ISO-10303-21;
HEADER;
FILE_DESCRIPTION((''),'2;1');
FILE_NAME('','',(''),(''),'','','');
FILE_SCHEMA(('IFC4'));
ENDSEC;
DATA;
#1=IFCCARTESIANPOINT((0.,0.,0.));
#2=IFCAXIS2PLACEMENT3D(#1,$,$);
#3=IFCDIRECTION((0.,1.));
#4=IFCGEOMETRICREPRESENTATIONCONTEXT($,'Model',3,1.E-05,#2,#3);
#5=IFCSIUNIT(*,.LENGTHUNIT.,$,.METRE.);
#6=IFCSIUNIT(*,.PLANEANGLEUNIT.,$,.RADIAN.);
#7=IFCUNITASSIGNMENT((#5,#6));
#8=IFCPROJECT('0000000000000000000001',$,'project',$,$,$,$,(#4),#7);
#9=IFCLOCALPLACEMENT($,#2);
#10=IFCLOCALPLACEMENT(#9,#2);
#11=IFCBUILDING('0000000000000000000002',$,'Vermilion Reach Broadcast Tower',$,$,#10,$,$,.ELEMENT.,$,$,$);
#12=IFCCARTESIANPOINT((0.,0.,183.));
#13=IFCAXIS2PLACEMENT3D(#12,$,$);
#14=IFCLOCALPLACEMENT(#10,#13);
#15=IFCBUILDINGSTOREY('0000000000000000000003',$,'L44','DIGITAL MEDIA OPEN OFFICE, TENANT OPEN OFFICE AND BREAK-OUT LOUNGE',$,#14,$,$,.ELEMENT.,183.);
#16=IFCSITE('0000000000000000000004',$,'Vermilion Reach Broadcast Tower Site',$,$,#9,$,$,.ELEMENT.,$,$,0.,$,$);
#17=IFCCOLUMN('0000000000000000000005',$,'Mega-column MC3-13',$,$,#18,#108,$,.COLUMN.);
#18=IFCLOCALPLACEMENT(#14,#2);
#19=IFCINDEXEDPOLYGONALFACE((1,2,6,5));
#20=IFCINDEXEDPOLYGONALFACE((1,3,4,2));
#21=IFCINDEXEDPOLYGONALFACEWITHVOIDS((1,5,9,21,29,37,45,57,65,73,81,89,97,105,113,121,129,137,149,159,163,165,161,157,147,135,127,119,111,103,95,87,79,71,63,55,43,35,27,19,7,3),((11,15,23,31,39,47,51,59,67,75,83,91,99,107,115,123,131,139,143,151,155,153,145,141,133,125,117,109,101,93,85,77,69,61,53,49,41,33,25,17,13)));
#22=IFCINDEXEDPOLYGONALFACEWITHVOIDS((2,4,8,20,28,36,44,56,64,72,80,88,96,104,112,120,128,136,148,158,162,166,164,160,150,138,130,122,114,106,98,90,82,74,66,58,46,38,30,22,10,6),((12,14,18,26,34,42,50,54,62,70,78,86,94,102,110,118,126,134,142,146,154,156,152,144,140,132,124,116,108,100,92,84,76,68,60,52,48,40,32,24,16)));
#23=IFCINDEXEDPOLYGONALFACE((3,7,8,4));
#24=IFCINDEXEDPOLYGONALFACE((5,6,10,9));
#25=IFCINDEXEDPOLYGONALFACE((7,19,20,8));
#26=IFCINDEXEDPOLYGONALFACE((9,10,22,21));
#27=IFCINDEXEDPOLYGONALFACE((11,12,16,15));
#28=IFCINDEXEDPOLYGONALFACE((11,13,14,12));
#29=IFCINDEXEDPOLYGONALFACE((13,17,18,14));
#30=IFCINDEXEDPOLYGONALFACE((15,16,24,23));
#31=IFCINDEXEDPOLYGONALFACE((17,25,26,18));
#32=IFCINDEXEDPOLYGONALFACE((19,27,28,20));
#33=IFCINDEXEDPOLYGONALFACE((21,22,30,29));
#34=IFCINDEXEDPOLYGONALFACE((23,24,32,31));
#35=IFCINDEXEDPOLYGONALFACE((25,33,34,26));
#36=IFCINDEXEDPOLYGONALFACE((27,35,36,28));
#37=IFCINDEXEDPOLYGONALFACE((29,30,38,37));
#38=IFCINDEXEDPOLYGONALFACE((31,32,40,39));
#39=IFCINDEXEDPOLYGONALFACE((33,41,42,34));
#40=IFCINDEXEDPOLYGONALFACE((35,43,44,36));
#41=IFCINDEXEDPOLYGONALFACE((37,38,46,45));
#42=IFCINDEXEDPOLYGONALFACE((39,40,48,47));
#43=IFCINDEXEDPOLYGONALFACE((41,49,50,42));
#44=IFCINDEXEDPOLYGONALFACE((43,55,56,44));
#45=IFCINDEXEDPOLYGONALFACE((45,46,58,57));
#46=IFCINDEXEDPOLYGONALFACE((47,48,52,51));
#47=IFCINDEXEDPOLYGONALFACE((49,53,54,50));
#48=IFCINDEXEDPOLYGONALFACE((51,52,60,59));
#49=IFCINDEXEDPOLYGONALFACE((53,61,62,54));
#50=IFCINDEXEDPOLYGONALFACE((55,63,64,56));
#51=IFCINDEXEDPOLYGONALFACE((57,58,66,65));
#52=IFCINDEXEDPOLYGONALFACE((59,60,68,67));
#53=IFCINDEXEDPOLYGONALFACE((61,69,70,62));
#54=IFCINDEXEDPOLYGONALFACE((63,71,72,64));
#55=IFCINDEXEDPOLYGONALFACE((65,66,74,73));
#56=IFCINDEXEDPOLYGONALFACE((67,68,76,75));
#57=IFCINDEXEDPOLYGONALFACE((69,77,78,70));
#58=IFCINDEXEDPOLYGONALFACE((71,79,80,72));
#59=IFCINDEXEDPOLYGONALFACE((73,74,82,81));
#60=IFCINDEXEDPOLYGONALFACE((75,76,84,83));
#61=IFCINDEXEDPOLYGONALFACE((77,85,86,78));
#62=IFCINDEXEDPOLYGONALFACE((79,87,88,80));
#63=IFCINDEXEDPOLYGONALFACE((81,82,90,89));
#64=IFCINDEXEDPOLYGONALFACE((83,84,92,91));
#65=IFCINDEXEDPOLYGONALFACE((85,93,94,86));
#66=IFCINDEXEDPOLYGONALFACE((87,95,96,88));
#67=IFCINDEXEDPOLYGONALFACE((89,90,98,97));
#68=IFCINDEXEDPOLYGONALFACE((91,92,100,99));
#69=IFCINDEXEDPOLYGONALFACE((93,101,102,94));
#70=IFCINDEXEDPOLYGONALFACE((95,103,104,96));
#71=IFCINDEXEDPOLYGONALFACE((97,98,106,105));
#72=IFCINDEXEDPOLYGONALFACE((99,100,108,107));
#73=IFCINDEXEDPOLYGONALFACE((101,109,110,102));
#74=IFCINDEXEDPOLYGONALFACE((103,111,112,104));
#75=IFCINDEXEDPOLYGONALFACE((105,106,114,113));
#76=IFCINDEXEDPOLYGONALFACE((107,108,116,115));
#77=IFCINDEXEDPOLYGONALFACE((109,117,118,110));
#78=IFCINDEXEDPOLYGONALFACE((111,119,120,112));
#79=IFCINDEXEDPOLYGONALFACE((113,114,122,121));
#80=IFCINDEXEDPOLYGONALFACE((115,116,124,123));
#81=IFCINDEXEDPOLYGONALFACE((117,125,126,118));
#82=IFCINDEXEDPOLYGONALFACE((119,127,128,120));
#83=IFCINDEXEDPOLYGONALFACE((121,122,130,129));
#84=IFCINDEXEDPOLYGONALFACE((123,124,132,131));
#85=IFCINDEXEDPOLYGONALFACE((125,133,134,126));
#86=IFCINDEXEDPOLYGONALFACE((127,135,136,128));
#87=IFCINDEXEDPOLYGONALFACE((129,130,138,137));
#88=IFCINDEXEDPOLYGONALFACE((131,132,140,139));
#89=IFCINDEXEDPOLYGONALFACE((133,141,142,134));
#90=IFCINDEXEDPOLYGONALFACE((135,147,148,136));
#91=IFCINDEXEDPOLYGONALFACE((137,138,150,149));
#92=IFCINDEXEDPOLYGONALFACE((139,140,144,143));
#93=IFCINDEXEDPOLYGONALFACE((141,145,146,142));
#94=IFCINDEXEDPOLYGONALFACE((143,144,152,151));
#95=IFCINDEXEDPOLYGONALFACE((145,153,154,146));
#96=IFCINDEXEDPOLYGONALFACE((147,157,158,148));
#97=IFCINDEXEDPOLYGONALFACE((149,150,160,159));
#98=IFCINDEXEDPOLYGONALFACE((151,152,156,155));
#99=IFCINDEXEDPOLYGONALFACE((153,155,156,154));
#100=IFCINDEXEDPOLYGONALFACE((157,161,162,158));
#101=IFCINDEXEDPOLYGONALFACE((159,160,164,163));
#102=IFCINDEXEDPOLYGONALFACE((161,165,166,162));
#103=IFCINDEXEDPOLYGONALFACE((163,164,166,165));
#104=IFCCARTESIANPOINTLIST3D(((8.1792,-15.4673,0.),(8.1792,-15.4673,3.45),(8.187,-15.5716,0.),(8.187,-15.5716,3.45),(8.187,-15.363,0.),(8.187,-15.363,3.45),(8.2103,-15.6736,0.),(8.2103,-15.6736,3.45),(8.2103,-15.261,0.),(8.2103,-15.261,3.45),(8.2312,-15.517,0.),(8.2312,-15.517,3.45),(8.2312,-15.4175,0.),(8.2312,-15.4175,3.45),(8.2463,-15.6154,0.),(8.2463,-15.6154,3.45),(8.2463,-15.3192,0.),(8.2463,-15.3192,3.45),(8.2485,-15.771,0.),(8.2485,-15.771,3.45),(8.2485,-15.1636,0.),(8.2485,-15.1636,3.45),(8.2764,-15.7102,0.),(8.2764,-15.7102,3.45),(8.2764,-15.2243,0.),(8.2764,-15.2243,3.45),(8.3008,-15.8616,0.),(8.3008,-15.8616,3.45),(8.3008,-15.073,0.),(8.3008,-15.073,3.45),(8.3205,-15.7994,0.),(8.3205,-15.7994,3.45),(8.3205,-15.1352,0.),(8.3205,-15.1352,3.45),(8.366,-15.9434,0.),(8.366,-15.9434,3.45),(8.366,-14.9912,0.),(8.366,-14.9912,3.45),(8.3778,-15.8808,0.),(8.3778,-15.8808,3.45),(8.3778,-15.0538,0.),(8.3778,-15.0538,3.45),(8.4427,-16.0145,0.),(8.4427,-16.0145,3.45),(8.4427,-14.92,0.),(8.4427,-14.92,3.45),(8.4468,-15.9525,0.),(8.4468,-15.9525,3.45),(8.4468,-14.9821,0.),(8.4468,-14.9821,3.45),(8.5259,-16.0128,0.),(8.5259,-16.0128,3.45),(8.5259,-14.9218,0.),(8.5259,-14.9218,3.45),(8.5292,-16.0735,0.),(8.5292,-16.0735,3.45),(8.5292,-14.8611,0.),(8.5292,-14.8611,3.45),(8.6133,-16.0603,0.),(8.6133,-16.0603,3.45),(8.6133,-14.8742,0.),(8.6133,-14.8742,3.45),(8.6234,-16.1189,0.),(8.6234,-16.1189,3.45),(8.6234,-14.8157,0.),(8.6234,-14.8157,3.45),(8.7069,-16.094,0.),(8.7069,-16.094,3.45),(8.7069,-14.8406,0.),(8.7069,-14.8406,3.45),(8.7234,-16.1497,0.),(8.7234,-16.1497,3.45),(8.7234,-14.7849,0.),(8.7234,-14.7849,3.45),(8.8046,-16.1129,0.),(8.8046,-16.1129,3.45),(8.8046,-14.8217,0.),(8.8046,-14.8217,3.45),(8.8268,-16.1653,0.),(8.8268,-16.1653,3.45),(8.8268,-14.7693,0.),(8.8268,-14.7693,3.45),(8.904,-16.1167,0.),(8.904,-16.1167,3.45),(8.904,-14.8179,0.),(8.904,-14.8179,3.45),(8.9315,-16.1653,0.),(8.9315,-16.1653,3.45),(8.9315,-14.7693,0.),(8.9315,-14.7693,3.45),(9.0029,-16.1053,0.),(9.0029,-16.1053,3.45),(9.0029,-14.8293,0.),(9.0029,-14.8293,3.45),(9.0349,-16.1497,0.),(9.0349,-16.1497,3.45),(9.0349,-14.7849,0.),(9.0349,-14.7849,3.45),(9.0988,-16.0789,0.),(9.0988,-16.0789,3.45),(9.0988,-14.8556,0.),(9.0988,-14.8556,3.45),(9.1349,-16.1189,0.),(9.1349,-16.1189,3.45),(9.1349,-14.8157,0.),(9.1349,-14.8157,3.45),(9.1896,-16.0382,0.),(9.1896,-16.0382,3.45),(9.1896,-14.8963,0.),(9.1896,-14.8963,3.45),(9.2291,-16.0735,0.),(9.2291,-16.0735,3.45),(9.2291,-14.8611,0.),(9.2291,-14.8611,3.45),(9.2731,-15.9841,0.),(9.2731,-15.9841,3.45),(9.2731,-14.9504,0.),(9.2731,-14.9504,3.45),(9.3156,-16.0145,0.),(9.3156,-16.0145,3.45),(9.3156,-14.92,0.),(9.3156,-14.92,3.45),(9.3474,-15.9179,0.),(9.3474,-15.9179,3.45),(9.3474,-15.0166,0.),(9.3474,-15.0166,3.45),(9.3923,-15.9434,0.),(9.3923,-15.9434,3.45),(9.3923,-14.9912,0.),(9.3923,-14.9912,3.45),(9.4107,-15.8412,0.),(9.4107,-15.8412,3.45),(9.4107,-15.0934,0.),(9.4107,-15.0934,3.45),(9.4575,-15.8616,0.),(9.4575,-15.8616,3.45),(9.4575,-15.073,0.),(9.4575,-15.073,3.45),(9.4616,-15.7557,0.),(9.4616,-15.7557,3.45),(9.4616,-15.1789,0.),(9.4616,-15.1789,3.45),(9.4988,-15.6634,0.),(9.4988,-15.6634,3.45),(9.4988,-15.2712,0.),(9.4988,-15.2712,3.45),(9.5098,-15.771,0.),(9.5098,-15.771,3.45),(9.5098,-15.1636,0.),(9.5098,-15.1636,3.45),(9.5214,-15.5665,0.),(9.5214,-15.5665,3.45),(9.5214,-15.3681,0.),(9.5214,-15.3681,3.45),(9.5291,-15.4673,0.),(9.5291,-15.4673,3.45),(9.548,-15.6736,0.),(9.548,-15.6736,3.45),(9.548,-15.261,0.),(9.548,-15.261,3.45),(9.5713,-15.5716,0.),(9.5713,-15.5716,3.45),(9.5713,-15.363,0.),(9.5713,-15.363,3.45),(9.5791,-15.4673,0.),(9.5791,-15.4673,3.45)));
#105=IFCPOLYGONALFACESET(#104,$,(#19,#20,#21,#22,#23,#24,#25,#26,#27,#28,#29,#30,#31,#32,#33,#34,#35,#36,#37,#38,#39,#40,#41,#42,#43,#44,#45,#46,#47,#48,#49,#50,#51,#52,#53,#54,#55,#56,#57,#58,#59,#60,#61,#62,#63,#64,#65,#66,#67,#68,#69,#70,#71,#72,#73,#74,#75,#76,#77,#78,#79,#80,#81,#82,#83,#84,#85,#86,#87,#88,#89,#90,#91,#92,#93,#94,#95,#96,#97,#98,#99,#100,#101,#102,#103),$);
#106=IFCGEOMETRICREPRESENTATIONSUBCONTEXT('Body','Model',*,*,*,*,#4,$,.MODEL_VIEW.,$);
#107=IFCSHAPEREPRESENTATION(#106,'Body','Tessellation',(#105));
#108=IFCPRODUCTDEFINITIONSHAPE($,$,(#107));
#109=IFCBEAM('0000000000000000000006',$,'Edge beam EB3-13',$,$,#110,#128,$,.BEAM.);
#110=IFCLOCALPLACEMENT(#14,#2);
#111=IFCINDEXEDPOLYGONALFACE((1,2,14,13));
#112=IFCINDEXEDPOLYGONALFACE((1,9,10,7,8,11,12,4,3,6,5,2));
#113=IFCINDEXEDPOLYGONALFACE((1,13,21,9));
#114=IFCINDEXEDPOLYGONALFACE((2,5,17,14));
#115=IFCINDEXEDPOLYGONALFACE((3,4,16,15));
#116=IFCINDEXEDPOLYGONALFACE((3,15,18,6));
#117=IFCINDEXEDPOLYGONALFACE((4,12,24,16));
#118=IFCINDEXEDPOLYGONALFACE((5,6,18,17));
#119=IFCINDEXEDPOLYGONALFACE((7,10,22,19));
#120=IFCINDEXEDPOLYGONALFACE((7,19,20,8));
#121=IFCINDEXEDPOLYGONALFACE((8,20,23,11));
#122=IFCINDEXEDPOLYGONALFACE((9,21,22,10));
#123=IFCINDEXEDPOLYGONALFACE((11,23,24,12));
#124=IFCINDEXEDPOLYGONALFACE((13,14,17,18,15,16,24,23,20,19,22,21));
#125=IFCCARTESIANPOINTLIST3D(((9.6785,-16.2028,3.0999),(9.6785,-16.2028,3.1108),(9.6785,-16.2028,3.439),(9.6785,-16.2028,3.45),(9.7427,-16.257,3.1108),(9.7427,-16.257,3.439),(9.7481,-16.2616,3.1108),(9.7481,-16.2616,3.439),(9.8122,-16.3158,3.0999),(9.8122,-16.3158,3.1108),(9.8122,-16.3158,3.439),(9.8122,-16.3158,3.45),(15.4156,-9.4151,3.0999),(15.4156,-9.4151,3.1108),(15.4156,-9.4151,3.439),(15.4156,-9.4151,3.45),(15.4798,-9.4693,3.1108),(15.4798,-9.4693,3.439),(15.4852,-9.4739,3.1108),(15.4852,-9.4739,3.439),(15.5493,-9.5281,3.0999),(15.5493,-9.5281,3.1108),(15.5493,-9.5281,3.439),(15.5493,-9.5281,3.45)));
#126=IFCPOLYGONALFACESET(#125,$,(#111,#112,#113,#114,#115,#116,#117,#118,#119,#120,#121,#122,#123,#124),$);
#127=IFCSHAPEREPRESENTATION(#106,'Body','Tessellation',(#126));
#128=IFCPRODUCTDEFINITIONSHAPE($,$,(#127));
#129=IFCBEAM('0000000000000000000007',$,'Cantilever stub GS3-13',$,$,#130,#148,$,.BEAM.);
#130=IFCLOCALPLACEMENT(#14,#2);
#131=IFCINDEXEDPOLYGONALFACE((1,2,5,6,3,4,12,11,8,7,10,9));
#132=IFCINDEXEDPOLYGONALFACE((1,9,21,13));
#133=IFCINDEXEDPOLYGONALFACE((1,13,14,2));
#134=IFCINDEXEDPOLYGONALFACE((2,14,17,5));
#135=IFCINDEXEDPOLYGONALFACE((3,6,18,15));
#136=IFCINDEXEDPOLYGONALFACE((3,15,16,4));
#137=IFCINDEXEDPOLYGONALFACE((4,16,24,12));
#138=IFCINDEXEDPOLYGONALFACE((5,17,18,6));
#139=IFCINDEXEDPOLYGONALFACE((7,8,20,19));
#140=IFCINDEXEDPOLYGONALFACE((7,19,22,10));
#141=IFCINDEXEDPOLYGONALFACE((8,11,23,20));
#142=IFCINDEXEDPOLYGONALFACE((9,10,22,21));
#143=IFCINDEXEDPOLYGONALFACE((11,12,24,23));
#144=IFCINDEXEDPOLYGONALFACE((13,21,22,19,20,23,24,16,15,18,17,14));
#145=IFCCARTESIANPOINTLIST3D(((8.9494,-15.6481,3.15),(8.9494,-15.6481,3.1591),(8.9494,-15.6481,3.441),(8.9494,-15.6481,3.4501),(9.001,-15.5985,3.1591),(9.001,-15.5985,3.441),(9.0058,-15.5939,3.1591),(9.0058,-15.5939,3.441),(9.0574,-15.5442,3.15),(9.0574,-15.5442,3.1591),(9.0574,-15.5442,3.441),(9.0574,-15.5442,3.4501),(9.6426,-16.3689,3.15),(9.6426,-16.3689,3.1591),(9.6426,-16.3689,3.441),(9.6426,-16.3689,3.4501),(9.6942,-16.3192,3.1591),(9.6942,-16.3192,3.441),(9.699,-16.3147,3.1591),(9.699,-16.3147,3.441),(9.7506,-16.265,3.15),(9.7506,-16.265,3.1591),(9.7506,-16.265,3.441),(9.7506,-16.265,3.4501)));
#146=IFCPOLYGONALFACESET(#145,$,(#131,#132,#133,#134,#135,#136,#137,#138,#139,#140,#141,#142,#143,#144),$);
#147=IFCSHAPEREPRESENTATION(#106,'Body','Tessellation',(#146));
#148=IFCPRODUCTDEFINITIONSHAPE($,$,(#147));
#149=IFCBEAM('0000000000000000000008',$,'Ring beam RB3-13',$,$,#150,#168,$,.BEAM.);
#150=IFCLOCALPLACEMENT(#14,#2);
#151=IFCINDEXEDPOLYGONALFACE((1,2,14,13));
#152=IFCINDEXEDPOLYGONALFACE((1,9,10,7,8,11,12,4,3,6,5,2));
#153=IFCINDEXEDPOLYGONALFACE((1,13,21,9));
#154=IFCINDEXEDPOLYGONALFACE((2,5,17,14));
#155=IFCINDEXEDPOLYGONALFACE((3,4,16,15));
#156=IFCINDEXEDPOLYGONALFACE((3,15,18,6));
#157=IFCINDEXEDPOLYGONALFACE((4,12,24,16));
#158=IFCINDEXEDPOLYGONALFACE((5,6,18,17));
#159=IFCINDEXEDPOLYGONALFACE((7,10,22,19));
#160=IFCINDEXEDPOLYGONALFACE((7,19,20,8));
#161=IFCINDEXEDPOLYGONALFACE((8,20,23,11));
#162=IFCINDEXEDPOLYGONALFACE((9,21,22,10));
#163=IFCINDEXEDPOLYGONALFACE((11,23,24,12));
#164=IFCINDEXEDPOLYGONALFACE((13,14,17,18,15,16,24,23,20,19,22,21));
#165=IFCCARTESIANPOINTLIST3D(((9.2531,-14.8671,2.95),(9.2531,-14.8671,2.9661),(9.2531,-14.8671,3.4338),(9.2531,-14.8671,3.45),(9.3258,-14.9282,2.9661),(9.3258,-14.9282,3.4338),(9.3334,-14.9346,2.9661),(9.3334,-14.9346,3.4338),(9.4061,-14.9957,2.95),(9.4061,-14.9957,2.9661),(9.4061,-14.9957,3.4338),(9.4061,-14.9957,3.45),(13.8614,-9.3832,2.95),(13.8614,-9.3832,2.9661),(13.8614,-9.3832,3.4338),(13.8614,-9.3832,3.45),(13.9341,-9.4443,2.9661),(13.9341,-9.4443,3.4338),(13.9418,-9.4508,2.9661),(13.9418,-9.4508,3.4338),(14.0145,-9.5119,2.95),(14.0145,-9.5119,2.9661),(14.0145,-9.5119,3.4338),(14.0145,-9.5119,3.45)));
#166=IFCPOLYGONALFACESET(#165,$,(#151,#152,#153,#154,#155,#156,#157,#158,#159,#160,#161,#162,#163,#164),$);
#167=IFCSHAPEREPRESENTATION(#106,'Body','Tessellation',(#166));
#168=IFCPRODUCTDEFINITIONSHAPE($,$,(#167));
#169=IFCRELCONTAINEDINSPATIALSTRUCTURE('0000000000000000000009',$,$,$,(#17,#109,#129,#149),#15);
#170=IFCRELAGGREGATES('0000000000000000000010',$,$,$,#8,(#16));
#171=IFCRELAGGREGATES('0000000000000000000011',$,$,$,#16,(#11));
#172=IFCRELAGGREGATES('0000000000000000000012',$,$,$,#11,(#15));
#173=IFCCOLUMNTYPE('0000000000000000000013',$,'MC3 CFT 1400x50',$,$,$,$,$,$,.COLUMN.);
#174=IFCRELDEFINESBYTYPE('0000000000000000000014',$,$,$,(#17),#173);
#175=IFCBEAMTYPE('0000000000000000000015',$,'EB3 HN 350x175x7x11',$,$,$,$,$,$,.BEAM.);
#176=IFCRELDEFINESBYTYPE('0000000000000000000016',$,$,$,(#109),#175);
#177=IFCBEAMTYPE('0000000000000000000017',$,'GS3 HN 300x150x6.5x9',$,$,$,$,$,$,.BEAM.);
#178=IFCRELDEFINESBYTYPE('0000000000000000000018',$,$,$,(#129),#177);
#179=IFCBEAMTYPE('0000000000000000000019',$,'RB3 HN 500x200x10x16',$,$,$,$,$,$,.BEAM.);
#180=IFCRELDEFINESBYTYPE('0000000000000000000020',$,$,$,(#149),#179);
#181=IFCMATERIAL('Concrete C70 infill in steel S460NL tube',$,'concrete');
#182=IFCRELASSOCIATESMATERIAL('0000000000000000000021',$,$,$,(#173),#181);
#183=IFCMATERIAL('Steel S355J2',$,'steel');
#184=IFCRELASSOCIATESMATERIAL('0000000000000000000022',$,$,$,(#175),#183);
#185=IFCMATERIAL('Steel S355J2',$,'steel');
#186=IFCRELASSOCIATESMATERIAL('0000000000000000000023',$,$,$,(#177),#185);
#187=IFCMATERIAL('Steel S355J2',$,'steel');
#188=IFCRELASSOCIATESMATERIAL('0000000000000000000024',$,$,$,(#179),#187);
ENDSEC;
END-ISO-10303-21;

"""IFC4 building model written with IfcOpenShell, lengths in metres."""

from ifc_helpers import new_model, si_unit, direction, frame, origin, origin_2d, place, context, subcontext, project, spatial, hollow_circle, i_section, extrude, material, material_profile, profile_set, type_object, element, save


model = new_model("IFC4")

# Units and contexts
model_context = context("Model", 3, precision=1e-05, world=origin(), true_north=direction((0.0, 1.0)))
body_context = subcontext(model_context, "Body", "Model", "MODEL_VIEW")
ifc_project = project(units=[si_unit("LENGTHUNIT", "METRE"), si_unit("PLANEANGLEUNIT", "RADIAN")], contexts=[model_context])

# Site, building, storey
site_placement = place(None, origin())
site = spatial("IfcSite", under=ifc_project, at=site_placement, Name="Vermilion Reach Broadcast Tower Site", CompositionType="ELEMENT", RefElevation=0.0)
building_placement = place(site_placement, origin())
building = spatial("IfcBuilding", under=site, at=building_placement, Name="Vermilion Reach Broadcast Tower", CompositionType="ELEMENT")
storey_placement = place(building_placement, frame((0.0, 0.0, 183.0)))
storey = spatial("IfcBuildingStorey", under=building, at=storey_placement, Name="L44", Description="DIGITAL MEDIA OPEN OFFICE, TENANT OPEN OFFICE AND BREAK-OUT LOUNGE", CompositionType="ELEMENT", Elevation=183.0)

# Column
ifc_material_1 = material(Name="Concrete C70 infill in steel S460NL tube", Category="concrete")
ifc_material_profile_1 = material_profile(ifc_material_1, hollow_circle(Radius=0.7, WallThickness=0.05, at=origin_2d()), Name="Concrete C70 infill in steel S460NL tube CFT 1400x50")
ifc_profile_set_1 = profile_set([ifc_material_profile_1], Name="Concrete C70 infill in steel S460NL tube")
column_type = type_object("IfcColumnType", Name="MC3 CFT 1400x50", PredefinedType="COLUMN", material=ifc_profile_set_1)
column_placement = place(storey_placement, frame((8.8792, -15.4673, 0.0), z_axis=(0.0, 0.0, 1.0), x_axis=(1.0, 0.0, 0.0)))
element("IfcColumn", 1, at=column_placement, inside=storey, type_object=column_type, Name="Mega-column MC3-13", PredefinedType="COLUMN", context=body_context, shape_type="SweptSolid", body=[
    extrude(hollow_circle(Radius=0.7, WallThickness=0.05, at=origin_2d()), origin(), (0.0, 0.0, 1.0), 3.45),
])

# Beams
ifc_material_2 = material(Name="Steel S355J2", Category="steel")
ifc_material_profile_2 = material_profile(ifc_material_2, i_section(OverallWidth=0.175, OverallDepth=0.3501, WebThickness=0.0071, FlangeThickness=0.011, at=origin_2d()), Name="S355J2 HN 350x175x7x11")
ifc_profile_set_2 = profile_set([ifc_material_profile_2], Name="Steel S355J2")
beam_type_1 = type_object("IfcBeamType", Name="EB3 HN 350x175x7x11", PredefinedType="BEAM", material=ifc_profile_set_2)
beam_1_placement = place(storey_placement, frame((9.7454, -16.2593, 3.2749), z_axis=(0.64553, 0.763735, 0.0), x_axis=(-0.763735, 0.64553, 0.0)))
element("IfcBeam", 2, at=beam_1_placement, inside=storey, type_object=beam_type_1, Name="Edge beam EB3-13", PredefinedType="BEAM", context=body_context, shape_type="SweptSolid", body=[
    extrude(i_section(OverallWidth=0.175, OverallDepth=0.3501, WebThickness=0.0071, FlangeThickness=0.011, at=origin_2d()), origin(), (0.0, 0.0, 1.0), 8.8875),
])
ifc_material_3 = material(Name="Steel S355J2", Category="steel")
ifc_material_profile_3 = material_profile(ifc_material_3, i_section(OverallWidth=0.1499, OverallDepth=0.3, WebThickness=0.0066, FlangeThickness=0.009, at=origin_2d()), Name="S355J2 HN 300x150x6.5x9")
ifc_profile_set_3 = profile_set([ifc_material_profile_3], Name="Steel S355J2")
beam_type_2 = type_object("IfcBeamType", Name="GS3 HN 300x150x6.5x9", PredefinedType="BEAM", material=ifc_profile_set_3)
beam_2_placement = place(storey_placement, frame((9.0034, -15.5962, 3.3), z_axis=(0.693177, -0.720767, 0.0), x_axis=(0.720767, 0.693177, 0.0)))
element("IfcBeam", 3, at=beam_2_placement, inside=storey, type_object=beam_type_2, Name="Cantilever stub GS3-13", PredefinedType="BEAM", context=body_context, shape_type="SweptSolid", body=[
    extrude(i_section(OverallWidth=0.1499, OverallDepth=0.3, WebThickness=0.0066, FlangeThickness=0.009, at=origin_2d()), origin(), (0.0, 0.0, 1.0), 1.0),
])
ifc_material_4 = material(Name="Steel S355J2", Category="steel")
ifc_material_profile_4 = material_profile(ifc_material_4, i_section(OverallWidth=0.2, OverallDepth=0.5, WebThickness=0.01, FlangeThickness=0.0161, at=origin_2d()), Name="S355J2 HN 500x200x10x16")
ifc_profile_set_4 = profile_set([ifc_material_profile_4], Name="Steel S355J2")
beam_type_3 = type_object("IfcBeamType", Name="RB3 HN 500x200x10x16", PredefinedType="BEAM", material=ifc_profile_set_4)
beam_3_placement = place(storey_placement, frame((9.3296, -14.9314, 3.2), z_axis=(0.64335, 0.765572, 0.0), x_axis=(-0.765572, 0.64335, 0.0)))
element("IfcBeam", 4, at=beam_3_placement, inside=storey, type_object=beam_type_3, Name="Ring beam RB3-13", PredefinedType="BEAM", context=body_context, shape_type="SweptSolid", body=[
    extrude(i_section(OverallWidth=0.2, OverallDepth=0.5, WebThickness=0.01, FlangeThickness=0.0161, at=origin_2d()), origin(), (0.0, 0.0, 1.0), 7.1631),
])

save(model, "model.ifc")
